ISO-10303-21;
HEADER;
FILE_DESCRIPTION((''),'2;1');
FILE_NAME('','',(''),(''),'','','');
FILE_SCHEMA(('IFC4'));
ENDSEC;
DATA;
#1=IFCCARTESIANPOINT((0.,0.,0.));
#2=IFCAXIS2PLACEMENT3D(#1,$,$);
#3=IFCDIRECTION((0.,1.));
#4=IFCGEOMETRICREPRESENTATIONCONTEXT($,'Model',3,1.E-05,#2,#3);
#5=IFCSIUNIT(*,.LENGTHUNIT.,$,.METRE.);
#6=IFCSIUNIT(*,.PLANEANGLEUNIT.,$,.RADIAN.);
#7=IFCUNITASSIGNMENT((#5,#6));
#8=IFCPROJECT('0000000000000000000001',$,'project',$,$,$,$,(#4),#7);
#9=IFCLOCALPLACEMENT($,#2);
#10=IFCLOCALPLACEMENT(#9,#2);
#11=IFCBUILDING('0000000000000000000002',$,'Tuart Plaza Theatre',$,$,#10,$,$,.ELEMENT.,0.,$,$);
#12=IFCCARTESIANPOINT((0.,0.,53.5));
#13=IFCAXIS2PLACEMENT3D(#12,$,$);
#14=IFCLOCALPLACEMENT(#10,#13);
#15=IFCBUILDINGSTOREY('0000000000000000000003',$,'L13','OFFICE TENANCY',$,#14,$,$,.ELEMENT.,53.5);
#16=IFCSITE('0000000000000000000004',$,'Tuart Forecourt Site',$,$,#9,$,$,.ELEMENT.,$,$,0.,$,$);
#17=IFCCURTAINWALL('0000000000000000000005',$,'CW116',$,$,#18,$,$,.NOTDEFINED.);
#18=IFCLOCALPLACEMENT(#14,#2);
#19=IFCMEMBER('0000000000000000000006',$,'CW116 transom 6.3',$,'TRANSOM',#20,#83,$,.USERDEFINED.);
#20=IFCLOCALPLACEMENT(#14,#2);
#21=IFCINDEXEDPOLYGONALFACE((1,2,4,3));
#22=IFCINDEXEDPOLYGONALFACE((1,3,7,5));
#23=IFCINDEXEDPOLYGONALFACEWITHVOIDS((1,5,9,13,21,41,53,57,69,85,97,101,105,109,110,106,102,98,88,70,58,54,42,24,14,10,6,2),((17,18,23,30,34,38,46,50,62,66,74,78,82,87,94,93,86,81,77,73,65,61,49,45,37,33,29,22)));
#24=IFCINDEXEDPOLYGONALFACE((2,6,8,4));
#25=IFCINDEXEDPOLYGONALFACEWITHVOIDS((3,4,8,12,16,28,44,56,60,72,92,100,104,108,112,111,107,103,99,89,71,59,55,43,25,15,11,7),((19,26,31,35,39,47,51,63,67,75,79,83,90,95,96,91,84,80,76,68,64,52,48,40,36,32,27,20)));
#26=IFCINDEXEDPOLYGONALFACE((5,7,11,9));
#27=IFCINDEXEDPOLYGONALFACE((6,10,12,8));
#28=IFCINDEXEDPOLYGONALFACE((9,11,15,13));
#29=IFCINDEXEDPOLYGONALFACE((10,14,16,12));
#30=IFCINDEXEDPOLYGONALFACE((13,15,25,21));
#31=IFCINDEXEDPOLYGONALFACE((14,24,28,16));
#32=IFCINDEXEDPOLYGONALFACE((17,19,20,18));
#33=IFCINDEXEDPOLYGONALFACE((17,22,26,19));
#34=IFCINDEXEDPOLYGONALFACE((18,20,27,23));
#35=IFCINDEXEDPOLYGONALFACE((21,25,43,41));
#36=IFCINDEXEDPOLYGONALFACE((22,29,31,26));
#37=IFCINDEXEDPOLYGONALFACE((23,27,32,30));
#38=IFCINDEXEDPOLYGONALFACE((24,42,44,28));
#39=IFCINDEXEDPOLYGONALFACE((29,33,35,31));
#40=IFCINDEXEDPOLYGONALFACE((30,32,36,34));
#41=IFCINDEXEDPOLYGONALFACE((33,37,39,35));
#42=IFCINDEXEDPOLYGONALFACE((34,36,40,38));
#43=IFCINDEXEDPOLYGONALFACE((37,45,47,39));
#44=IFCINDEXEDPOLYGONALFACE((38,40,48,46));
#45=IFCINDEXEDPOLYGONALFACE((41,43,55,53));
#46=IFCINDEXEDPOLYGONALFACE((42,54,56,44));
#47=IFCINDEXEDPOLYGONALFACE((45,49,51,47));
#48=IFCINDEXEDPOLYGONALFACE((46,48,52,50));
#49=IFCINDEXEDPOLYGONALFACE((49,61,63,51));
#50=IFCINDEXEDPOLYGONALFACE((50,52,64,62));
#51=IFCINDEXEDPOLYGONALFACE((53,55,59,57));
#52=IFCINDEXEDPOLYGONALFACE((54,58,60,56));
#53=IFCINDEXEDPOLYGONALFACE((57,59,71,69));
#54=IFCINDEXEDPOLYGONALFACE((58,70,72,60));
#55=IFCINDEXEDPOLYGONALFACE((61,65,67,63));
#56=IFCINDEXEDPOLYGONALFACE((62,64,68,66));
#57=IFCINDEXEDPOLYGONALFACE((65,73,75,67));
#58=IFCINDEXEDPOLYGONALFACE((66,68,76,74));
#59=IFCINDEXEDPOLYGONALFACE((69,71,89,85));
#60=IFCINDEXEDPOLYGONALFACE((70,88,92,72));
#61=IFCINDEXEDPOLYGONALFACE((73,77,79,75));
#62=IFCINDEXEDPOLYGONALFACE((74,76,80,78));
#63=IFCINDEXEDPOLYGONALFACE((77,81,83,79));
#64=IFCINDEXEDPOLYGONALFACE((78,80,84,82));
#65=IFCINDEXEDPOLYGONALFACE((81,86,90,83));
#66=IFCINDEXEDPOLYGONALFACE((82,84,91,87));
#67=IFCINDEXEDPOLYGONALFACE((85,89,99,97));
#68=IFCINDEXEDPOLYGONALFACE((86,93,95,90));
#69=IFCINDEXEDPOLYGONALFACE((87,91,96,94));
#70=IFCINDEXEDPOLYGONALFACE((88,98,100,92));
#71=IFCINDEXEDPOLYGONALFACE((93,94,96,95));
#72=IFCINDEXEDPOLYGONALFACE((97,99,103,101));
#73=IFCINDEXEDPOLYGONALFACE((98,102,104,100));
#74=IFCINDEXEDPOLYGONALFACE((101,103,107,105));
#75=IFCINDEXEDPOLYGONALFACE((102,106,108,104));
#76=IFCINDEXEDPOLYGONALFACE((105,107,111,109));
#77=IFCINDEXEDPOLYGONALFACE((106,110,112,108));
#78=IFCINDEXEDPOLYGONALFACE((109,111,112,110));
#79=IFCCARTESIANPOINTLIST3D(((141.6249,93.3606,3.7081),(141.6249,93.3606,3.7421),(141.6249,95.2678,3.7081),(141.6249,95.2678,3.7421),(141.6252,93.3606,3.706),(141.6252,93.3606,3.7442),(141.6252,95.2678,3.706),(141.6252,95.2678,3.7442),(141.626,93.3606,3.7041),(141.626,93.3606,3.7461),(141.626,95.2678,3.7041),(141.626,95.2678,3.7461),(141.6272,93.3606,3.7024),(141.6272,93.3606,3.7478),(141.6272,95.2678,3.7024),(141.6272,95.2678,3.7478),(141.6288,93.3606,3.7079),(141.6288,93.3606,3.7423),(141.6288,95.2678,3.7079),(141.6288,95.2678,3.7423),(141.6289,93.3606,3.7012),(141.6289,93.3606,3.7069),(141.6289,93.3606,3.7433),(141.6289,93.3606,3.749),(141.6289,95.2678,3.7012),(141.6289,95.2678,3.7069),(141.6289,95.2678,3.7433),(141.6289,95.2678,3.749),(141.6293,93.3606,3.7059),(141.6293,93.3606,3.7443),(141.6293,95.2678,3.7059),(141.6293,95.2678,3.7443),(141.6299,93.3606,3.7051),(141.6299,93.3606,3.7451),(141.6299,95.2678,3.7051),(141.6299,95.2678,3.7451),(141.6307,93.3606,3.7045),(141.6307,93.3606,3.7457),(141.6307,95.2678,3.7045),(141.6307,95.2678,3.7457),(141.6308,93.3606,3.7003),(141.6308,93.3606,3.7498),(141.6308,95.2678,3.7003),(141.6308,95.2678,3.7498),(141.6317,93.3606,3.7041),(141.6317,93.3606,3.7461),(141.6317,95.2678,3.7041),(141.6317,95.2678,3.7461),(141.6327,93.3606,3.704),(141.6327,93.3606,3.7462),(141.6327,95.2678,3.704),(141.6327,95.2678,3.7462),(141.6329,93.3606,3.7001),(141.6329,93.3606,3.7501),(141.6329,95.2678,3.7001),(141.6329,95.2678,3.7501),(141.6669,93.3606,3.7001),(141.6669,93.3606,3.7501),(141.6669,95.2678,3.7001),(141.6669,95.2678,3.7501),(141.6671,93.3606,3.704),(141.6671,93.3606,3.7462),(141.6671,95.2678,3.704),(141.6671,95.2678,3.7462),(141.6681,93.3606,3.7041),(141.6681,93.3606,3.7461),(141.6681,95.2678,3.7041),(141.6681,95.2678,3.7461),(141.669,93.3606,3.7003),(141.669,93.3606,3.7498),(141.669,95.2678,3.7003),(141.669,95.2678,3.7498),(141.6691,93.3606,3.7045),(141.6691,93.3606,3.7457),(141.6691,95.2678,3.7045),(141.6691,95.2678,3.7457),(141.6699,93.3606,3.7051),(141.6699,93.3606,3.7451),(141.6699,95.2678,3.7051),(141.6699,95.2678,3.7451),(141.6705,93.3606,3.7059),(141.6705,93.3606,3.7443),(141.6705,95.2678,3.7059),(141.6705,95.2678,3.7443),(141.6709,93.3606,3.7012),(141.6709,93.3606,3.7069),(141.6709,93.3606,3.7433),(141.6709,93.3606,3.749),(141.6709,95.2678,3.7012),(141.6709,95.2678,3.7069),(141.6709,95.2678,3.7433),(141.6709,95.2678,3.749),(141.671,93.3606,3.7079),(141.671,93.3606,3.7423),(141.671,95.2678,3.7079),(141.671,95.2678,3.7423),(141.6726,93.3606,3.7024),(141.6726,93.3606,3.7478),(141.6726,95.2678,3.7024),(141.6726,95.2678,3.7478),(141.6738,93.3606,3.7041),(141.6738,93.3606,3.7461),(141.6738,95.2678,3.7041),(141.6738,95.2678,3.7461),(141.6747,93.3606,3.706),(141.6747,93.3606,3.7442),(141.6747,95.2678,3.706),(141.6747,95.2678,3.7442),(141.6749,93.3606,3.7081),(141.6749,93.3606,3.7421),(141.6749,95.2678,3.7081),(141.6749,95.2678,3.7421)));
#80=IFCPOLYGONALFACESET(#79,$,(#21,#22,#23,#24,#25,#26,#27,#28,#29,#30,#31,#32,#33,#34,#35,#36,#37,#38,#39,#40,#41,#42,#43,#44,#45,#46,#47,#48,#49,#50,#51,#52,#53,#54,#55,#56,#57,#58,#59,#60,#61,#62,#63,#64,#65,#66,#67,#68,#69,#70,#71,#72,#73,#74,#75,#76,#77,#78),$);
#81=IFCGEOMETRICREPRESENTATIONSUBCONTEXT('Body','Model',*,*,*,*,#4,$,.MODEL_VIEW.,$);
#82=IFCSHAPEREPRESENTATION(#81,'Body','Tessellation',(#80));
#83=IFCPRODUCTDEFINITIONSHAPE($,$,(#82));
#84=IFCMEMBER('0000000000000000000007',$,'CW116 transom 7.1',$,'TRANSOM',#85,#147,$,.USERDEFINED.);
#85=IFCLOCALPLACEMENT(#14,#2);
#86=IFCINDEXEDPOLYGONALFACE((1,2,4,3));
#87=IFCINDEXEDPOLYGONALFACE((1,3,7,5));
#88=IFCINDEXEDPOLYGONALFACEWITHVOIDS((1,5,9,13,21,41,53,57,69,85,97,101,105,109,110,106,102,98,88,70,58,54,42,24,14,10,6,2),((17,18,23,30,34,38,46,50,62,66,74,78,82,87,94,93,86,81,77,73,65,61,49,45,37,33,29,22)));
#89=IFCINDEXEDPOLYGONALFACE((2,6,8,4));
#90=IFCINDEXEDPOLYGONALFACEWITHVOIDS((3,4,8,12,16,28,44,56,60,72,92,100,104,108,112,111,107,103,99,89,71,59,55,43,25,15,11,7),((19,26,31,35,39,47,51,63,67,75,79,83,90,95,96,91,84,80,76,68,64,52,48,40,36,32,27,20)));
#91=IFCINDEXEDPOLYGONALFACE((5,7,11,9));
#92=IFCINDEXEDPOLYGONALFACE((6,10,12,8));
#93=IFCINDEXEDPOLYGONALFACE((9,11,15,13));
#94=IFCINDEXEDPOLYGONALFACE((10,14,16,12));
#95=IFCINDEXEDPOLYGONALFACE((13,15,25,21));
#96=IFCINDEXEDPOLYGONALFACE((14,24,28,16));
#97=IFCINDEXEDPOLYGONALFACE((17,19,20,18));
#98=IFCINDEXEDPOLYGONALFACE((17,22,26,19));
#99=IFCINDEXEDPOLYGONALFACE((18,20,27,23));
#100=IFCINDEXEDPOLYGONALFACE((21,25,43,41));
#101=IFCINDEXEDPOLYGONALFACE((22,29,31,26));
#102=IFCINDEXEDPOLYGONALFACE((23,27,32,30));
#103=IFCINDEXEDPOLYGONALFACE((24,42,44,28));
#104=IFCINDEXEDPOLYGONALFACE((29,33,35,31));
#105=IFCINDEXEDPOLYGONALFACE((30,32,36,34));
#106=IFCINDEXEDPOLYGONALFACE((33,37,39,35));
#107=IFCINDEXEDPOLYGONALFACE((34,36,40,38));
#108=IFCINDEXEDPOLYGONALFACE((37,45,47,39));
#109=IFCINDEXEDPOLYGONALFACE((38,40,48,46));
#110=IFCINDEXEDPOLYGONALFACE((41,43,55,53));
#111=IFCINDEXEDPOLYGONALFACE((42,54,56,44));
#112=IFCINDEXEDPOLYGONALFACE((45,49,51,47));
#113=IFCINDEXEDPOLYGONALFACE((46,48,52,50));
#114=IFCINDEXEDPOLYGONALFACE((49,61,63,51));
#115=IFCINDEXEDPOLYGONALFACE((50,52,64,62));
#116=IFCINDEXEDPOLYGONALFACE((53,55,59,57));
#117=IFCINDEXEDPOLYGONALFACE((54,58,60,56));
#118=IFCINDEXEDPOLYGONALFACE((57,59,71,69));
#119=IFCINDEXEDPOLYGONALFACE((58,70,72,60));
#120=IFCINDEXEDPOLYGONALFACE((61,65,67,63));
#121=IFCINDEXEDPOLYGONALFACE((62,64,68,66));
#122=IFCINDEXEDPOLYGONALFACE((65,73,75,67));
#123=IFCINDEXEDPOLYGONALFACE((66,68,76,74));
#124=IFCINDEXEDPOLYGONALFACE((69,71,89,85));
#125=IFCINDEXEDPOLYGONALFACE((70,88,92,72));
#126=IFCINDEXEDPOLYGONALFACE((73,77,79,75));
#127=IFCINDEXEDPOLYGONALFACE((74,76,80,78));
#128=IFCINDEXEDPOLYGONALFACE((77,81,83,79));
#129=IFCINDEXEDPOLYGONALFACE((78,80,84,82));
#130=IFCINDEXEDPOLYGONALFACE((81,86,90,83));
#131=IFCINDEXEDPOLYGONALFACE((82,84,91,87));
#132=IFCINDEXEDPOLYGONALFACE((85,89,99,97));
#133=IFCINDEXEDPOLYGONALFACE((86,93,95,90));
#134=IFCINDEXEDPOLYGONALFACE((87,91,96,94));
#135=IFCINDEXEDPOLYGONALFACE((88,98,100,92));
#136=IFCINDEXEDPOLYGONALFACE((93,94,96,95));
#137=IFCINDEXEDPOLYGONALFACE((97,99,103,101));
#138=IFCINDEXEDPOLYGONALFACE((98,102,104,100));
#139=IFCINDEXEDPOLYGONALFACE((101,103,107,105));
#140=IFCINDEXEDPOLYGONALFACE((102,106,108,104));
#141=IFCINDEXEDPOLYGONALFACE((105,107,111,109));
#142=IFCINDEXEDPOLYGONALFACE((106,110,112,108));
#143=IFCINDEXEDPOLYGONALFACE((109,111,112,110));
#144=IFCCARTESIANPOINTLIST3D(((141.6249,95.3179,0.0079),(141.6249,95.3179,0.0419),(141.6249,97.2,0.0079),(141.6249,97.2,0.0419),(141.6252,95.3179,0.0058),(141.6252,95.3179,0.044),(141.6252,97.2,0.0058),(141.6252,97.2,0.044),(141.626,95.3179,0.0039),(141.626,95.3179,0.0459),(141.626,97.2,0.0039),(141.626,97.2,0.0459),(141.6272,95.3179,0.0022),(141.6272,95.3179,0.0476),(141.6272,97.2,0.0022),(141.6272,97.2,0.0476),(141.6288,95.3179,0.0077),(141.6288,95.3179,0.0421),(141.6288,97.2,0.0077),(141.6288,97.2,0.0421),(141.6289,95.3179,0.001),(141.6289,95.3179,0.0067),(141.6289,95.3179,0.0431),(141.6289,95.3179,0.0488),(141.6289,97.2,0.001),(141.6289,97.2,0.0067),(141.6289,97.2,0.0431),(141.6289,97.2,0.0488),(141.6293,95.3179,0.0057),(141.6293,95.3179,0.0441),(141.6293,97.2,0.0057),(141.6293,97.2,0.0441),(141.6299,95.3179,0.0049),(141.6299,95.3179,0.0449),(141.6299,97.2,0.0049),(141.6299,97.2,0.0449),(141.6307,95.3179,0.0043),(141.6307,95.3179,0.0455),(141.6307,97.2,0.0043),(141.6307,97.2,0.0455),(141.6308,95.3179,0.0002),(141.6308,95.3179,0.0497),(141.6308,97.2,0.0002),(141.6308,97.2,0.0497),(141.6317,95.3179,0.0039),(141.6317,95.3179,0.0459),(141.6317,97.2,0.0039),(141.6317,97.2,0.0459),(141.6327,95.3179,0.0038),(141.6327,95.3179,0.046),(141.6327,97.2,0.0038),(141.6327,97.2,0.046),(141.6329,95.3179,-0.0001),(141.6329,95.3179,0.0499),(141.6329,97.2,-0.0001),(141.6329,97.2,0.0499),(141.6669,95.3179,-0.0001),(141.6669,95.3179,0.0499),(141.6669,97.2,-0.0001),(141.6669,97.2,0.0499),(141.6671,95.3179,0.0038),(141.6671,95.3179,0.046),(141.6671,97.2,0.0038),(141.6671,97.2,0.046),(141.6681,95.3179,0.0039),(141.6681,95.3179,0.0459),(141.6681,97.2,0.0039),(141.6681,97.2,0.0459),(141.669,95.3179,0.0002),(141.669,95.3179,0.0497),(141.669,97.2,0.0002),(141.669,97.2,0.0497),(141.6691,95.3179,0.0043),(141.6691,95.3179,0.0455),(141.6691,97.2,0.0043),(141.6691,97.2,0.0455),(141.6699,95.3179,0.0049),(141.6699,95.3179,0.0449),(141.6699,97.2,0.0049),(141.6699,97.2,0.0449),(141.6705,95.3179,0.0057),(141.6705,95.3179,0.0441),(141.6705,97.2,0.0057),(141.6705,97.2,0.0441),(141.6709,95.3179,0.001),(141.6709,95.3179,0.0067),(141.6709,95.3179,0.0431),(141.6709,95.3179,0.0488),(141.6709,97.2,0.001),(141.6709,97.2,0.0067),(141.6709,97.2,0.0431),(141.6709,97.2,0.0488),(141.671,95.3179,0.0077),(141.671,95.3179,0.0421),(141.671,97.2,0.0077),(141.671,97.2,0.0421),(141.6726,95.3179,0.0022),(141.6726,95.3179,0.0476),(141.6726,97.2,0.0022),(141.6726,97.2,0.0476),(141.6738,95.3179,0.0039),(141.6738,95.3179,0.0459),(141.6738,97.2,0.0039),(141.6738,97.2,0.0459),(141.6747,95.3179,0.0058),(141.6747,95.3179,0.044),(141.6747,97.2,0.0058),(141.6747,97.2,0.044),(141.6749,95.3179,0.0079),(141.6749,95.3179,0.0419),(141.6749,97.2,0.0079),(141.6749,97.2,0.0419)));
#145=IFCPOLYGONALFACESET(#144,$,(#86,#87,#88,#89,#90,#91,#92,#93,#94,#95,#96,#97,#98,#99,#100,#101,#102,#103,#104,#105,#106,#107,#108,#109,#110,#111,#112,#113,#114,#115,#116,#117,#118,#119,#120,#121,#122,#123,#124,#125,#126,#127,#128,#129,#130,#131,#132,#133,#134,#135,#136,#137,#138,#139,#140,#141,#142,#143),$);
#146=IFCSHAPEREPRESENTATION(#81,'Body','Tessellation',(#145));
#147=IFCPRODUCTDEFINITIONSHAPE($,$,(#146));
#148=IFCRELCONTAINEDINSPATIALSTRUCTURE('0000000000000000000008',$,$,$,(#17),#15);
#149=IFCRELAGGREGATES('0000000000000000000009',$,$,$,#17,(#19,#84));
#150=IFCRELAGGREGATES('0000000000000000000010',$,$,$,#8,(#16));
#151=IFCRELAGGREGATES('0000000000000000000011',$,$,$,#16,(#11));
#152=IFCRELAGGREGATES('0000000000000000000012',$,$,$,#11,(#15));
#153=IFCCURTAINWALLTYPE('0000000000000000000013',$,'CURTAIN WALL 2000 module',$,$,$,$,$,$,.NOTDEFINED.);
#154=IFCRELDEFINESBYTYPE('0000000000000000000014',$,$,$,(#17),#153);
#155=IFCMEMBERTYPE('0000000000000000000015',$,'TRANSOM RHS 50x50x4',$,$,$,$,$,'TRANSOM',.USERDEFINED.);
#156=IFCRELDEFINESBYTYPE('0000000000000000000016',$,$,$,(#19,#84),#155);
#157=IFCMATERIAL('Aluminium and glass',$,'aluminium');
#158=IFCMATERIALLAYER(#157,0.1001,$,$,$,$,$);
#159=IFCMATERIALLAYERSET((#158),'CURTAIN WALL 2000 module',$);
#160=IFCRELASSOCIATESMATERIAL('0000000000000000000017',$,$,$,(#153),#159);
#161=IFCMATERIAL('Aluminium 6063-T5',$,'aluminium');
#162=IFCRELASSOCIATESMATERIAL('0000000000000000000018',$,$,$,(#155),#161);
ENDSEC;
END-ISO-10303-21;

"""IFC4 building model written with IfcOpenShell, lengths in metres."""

from ifc_helpers import new_model, si_unit, direction, frame, origin, origin_2d, place, context, subcontext, project, spatial, hollow_rectangle, extrude, material, layer, layer_set, material_profile, profile_set, type_object, element, aggregate, save


model = new_model("IFC4")

# Units and contexts
model_context = context("Model", 3, precision=1e-05, world=origin(), true_north=direction((0.0, 1.0)))
body_context = subcontext(model_context, "Body", "Model", "MODEL_VIEW")
ifc_project = project(units=[si_unit("LENGTHUNIT", "METRE"), si_unit("PLANEANGLEUNIT", "RADIAN")], contexts=[model_context])

# Site, building, storey
site_placement = place(None, origin())
site = spatial("IfcSite", under=ifc_project, at=site_placement, Name="Tuart Forecourt Site", CompositionType="ELEMENT", RefElevation=0.0)
building_placement = place(site_placement, origin())
building = spatial("IfcBuilding", under=site, at=building_placement, Name="Tuart Plaza Theatre", CompositionType="ELEMENT", ElevationOfRefHeight=0.0)
storey_placement = place(building_placement, frame((0.0, 0.0, 53.5)))
storey = spatial("IfcBuildingStorey", under=building, at=storey_placement, Name="L13", Description="OFFICE TENANCY", CompositionType="ELEMENT", Elevation=53.5)

# Curtain wall
ifc_material_1 = material(Name="Aluminium and glass", Category="aluminium")
ifc_layer_1 = layer(ifc_material_1, 0.1001)
ifc_layer_set_1 = layer_set([ifc_layer_1], Name="CURTAIN WALL 2000 module")
curtain_wall_type = type_object("IfcCurtainWallType", Name="CURTAIN WALL 2000 module", PredefinedType="NOTDEFINED", material=ifc_layer_set_1)
curtain_wall_1_placement = place(storey_placement, origin())
curtain_wall_1 = element("IfcCurtainWall", 1, at=curtain_wall_1_placement, inside=storey, type_object=curtain_wall_type, Name="CW116", PredefinedType="NOTDEFINED")

# Members
ifc_material_2 = material(Name="Aluminium 6063-T5", Category="aluminium")
ifc_material_profile_1 = material_profile(ifc_material_2, hollow_rectangle(XDim=0.05, YDim=0.05, WallThickness=0.0039, InnerFilletRadius=0.0039, OuterFilletRadius=0.0081, at=origin_2d()), Name="RHS 50x50x4")
ifc_profile_set_1 = profile_set([ifc_material_profile_1], Name="Aluminium 6063-T5")
member_type_1 = type_object("IfcMemberType", Name="TRANSOM RHS 50x50x4", ElementType="TRANSOM", PredefinedType="USERDEFINED", material=ifc_profile_set_1)
member_1_placement = place(storey_placement, frame((141.6499, 93.3606, 3.7251), z_axis=(0.0, 1.0, 0.0), x_axis=(-1.0, 0.0, 0.0)))
member_1 = element("IfcMember", 2, at=member_1_placement, type_object=member_type_1, Name="CW116 transom 6.3", ObjectType="TRANSOM", PredefinedType="USERDEFINED", context=body_context, shape_type="SweptSolid", body=[
    extrude(hollow_rectangle(XDim=0.05, YDim=0.05, WallThickness=0.0039, InnerFilletRadius=0.0039, OuterFilletRadius=0.0081, at=origin_2d()), origin(), (0.0, 0.0, 1.0), 1.9072),
])
member_2_placement = place(storey_placement, frame((141.6499, 95.3179, 0.0249), z_axis=(0.0, 1.0, 0.0), x_axis=(-1.0, 0.0, 0.0)))
member_2 = element("IfcMember", 3, at=member_2_placement, type_object=member_type_1, Name="CW116 transom 7.1", ObjectType="TRANSOM", PredefinedType="USERDEFINED", context=body_context, shape_type="SweptSolid", body=[
    extrude(hollow_rectangle(XDim=0.05, YDim=0.05, WallThickness=0.0039, InnerFilletRadius=0.0039, OuterFilletRadius=0.0081, at=origin_2d()), origin(), (0.0, 0.0, 1.0), 1.8821),
])

aggregate(curtain_wall_1, [member_1, member_2])

save(model, "model.ifc")
